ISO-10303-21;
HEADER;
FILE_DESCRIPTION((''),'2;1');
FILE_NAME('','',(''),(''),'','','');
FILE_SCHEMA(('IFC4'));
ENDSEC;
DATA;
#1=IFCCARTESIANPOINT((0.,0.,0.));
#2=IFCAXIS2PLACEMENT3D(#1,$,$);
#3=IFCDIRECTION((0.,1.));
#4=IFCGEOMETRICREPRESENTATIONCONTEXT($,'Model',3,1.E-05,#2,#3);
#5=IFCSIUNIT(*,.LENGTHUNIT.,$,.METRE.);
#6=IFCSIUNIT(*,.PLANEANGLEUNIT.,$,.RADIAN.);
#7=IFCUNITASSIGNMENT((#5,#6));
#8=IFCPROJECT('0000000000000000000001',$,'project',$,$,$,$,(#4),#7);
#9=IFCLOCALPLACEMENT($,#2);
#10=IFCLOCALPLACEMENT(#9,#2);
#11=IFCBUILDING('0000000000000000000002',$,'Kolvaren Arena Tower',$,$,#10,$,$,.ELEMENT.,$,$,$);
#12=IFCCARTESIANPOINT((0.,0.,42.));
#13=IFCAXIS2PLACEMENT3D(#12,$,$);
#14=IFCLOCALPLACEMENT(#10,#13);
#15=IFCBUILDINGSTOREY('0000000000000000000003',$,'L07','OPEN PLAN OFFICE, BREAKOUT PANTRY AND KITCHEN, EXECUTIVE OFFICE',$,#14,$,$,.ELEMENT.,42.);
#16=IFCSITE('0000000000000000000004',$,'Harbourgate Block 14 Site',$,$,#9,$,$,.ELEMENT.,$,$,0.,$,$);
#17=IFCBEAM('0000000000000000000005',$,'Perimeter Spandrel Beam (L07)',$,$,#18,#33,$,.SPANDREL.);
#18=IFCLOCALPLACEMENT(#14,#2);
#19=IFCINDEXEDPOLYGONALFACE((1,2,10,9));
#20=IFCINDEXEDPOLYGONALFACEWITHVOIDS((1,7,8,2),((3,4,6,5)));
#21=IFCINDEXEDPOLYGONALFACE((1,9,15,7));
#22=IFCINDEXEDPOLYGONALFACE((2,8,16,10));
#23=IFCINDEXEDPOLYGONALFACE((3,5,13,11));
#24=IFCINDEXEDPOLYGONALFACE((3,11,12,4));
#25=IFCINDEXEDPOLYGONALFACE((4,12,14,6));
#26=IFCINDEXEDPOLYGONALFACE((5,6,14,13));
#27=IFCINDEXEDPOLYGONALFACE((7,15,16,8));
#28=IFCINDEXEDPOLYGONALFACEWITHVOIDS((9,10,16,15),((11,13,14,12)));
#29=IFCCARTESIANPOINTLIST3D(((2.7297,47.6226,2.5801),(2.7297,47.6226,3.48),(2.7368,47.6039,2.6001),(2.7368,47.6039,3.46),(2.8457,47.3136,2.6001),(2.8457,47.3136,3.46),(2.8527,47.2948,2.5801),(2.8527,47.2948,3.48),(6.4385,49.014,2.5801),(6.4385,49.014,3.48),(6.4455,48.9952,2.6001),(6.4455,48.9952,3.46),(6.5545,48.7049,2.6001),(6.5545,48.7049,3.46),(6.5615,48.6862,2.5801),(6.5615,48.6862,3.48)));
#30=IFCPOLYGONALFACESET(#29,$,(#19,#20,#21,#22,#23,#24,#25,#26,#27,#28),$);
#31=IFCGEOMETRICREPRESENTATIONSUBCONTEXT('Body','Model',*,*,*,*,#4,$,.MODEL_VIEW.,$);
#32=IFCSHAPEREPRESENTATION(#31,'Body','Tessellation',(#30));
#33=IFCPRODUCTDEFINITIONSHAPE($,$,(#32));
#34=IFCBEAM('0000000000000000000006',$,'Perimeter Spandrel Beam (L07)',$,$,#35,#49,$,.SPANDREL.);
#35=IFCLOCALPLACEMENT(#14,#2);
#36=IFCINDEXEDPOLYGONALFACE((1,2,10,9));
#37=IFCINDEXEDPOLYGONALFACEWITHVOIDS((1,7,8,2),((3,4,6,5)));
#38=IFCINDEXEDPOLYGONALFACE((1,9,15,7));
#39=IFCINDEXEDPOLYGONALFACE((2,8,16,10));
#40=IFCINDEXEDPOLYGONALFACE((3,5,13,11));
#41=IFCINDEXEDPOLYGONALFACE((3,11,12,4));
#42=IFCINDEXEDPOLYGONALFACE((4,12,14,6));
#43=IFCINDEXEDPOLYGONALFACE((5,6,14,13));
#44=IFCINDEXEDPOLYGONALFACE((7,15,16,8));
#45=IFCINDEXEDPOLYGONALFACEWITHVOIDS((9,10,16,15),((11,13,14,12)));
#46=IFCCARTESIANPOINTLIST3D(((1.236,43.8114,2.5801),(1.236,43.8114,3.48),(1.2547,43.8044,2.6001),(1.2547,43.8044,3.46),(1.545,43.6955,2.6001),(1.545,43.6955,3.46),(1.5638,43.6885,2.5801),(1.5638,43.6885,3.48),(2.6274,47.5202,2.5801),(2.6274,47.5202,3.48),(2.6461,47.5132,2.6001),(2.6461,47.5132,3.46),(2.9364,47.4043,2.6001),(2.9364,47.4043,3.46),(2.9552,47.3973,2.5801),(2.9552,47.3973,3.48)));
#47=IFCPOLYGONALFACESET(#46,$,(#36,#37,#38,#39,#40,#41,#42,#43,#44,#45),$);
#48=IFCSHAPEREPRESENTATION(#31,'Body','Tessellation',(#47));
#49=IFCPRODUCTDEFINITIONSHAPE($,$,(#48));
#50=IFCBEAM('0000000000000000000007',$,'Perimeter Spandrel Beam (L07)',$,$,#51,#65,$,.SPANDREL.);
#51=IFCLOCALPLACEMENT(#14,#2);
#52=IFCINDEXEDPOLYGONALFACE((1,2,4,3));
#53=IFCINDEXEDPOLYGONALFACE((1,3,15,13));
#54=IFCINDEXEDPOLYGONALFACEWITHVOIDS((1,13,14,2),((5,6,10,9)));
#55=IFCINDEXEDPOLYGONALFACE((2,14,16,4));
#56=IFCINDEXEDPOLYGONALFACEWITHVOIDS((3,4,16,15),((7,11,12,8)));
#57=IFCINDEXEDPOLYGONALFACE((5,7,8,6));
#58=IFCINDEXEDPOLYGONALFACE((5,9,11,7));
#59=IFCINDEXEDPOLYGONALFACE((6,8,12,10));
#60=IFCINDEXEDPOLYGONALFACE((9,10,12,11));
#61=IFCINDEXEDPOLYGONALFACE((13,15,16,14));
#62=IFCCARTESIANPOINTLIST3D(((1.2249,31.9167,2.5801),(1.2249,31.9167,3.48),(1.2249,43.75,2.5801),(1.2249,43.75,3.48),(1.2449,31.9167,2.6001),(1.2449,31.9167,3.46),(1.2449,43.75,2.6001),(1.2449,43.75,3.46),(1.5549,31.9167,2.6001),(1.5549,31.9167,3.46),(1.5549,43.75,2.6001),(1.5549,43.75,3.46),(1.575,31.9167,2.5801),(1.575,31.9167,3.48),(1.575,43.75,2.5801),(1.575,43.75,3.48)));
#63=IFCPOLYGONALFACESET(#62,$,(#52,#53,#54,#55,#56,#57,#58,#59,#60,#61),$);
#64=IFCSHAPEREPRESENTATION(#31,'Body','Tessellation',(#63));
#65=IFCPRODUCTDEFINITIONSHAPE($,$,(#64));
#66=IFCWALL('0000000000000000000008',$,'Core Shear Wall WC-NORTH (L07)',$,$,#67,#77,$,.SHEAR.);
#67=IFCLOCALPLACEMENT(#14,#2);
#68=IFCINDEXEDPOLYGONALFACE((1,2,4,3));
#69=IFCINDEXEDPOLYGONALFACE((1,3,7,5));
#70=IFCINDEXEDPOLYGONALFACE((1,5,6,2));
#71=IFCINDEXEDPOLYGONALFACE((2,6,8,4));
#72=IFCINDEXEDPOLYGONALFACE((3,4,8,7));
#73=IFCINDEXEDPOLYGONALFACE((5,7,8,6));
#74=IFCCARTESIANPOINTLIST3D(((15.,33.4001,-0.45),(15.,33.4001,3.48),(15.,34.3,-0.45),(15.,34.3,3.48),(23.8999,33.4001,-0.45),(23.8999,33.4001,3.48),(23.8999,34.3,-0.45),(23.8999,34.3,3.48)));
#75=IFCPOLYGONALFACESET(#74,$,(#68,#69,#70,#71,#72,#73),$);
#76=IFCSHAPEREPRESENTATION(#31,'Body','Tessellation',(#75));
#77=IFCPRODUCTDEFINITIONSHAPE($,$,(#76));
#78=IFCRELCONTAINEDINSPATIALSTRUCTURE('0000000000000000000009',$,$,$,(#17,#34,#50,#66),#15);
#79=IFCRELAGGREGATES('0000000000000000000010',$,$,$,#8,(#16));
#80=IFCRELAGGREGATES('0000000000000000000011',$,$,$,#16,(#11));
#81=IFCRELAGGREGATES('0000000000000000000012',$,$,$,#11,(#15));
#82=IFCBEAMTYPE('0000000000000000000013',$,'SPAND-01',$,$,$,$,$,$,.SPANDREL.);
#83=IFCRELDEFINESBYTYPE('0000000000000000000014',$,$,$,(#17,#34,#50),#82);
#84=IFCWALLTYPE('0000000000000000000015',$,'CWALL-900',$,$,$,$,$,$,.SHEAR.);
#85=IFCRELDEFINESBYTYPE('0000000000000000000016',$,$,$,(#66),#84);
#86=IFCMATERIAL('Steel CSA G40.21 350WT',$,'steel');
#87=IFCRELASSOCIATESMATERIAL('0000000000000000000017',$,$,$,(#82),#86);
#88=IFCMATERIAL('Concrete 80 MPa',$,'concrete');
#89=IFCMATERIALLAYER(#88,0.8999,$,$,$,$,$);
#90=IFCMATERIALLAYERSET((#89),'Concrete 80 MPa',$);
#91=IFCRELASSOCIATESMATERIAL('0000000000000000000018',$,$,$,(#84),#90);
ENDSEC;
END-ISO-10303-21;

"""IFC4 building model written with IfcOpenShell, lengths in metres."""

from ifc_helpers import new_model, si_unit, direction, frame, frame_2d, origin, origin_2d, place, context, subcontext, project, spatial, rectangle, hollow_rectangle, extrude, material, layer, layer_set, material_profile, profile_set, type_object, element, save


model = new_model("IFC4")

# Units and contexts
model_context = context("Model", 3, precision=1e-05, world=origin(), true_north=direction((0.0, 1.0)))
body_context = subcontext(model_context, "Body", "Model", "MODEL_VIEW")
ifc_project = project(units=[si_unit("LENGTHUNIT", "METRE"), si_unit("PLANEANGLEUNIT", "RADIAN")], contexts=[model_context])

# Site, building, storey
site_placement = place(None, origin())
site = spatial("IfcSite", under=ifc_project, at=site_placement, Name="Harbourgate Block 14 Site", CompositionType="ELEMENT", RefElevation=0.0)
building_placement = place(site_placement, origin())
building = spatial("IfcBuilding", under=site, at=building_placement, Name="Kolvaren Arena Tower", CompositionType="ELEMENT")
storey_placement = place(building_placement, frame((0.0, 0.0, 42.0)))
storey = spatial("IfcBuildingStorey", under=building, at=storey_placement, Name="L07", Description="OPEN PLAN OFFICE, BREAKOUT PANTRY AND KITCHEN, EXECUTIVE OFFICE", CompositionType="ELEMENT", Elevation=42.0)

# Beams
ifc_material_1 = material(Name="Steel CSA G40.21 350WT", Category="steel")
ifc_material_profile_1 = material_profile(ifc_material_1, hollow_rectangle(XDim=0.3501, YDim=0.8999, WallThickness=0.02, at=origin_2d()), Name="HSS 900x350x20")
ifc_profile_set_1 = profile_set([ifc_material_profile_1], Name="Steel CSA G40.21 350WT")
beam_type_1 = type_object("IfcBeamType", Name="SPAND-01", PredefinedType="SPANDREL", material=ifc_profile_set_1)
for number, where, z_axis, x_axis, name in (
    (1, (6.5, 48.8501, 3.03), (-0.936281, -0.351252, 0.0), (0.351252, -0.936281, 0.0), "Perimeter Spandrel Beam (L07)"),
    (2, (2.7913, 47.4587, 3.03), (-0.351252, -0.936281, 0.0), (0.936281, -0.351252, 0.0), "Perimeter Spandrel Beam (L07)"),
):
    element("IfcBeam", number, at=place(storey_placement, frame(where, z_axis=z_axis, x_axis=x_axis)), inside=storey, type_object=beam_type_1, Name=name, PredefinedType="SPANDREL", context=body_context, shape_type="SweptSolid", body=[
        extrude(hollow_rectangle(XDim=0.3501, YDim=0.8999, WallThickness=0.02, at=origin_2d()), origin(), (0.0, 0.0, 1.0), 3.9612),
    ])
beam_1_placement = place(storey_placement, frame((1.3999, 43.75, 3.03), z_axis=(0.0, -1.0, 0.0), x_axis=(1.0, 0.0, 0.0)))
element("IfcBeam", 3, at=beam_1_placement, inside=storey, type_object=beam_type_1, Name="Perimeter Spandrel Beam (L07)", PredefinedType="SPANDREL", context=body_context, shape_type="SweptSolid", body=[
    extrude(hollow_rectangle(XDim=0.3501, YDim=0.8999, WallThickness=0.02, at=origin_2d()), origin(), (0.0, 0.0, 1.0), 11.8333),
])

# Wall
ifc_material_2 = material(Name="Concrete 80 MPa", Category="concrete")
ifc_layer_1 = layer(ifc_material_2, 0.8999)
ifc_layer_set_1 = layer_set([ifc_layer_1], Name="Concrete 80 MPa")
wall_type_1 = type_object("IfcWallType", Name="CWALL-900", PredefinedType="SHEAR", material=ifc_layer_set_1)
wall_1_placement = place(storey_placement, frame((15.0, 33.8501, -0.45), z_axis=(0.0, 0.0, 1.0), x_axis=(1.0, 0.0, 0.0)))
element("IfcWall", 4, at=wall_1_placement, inside=storey, type_object=wall_type_1, Name="Core Shear Wall WC-NORTH (L07)", PredefinedType="SHEAR", context=body_context, shape_type="SweptSolid", body=[
    extrude(rectangle(XDim=8.8999, YDim=0.8999, at=frame_2d((4.45, 0.0))), origin(), (0.0, 0.0, 1.0), 3.9299),
])

save(model, "model.ifc")
